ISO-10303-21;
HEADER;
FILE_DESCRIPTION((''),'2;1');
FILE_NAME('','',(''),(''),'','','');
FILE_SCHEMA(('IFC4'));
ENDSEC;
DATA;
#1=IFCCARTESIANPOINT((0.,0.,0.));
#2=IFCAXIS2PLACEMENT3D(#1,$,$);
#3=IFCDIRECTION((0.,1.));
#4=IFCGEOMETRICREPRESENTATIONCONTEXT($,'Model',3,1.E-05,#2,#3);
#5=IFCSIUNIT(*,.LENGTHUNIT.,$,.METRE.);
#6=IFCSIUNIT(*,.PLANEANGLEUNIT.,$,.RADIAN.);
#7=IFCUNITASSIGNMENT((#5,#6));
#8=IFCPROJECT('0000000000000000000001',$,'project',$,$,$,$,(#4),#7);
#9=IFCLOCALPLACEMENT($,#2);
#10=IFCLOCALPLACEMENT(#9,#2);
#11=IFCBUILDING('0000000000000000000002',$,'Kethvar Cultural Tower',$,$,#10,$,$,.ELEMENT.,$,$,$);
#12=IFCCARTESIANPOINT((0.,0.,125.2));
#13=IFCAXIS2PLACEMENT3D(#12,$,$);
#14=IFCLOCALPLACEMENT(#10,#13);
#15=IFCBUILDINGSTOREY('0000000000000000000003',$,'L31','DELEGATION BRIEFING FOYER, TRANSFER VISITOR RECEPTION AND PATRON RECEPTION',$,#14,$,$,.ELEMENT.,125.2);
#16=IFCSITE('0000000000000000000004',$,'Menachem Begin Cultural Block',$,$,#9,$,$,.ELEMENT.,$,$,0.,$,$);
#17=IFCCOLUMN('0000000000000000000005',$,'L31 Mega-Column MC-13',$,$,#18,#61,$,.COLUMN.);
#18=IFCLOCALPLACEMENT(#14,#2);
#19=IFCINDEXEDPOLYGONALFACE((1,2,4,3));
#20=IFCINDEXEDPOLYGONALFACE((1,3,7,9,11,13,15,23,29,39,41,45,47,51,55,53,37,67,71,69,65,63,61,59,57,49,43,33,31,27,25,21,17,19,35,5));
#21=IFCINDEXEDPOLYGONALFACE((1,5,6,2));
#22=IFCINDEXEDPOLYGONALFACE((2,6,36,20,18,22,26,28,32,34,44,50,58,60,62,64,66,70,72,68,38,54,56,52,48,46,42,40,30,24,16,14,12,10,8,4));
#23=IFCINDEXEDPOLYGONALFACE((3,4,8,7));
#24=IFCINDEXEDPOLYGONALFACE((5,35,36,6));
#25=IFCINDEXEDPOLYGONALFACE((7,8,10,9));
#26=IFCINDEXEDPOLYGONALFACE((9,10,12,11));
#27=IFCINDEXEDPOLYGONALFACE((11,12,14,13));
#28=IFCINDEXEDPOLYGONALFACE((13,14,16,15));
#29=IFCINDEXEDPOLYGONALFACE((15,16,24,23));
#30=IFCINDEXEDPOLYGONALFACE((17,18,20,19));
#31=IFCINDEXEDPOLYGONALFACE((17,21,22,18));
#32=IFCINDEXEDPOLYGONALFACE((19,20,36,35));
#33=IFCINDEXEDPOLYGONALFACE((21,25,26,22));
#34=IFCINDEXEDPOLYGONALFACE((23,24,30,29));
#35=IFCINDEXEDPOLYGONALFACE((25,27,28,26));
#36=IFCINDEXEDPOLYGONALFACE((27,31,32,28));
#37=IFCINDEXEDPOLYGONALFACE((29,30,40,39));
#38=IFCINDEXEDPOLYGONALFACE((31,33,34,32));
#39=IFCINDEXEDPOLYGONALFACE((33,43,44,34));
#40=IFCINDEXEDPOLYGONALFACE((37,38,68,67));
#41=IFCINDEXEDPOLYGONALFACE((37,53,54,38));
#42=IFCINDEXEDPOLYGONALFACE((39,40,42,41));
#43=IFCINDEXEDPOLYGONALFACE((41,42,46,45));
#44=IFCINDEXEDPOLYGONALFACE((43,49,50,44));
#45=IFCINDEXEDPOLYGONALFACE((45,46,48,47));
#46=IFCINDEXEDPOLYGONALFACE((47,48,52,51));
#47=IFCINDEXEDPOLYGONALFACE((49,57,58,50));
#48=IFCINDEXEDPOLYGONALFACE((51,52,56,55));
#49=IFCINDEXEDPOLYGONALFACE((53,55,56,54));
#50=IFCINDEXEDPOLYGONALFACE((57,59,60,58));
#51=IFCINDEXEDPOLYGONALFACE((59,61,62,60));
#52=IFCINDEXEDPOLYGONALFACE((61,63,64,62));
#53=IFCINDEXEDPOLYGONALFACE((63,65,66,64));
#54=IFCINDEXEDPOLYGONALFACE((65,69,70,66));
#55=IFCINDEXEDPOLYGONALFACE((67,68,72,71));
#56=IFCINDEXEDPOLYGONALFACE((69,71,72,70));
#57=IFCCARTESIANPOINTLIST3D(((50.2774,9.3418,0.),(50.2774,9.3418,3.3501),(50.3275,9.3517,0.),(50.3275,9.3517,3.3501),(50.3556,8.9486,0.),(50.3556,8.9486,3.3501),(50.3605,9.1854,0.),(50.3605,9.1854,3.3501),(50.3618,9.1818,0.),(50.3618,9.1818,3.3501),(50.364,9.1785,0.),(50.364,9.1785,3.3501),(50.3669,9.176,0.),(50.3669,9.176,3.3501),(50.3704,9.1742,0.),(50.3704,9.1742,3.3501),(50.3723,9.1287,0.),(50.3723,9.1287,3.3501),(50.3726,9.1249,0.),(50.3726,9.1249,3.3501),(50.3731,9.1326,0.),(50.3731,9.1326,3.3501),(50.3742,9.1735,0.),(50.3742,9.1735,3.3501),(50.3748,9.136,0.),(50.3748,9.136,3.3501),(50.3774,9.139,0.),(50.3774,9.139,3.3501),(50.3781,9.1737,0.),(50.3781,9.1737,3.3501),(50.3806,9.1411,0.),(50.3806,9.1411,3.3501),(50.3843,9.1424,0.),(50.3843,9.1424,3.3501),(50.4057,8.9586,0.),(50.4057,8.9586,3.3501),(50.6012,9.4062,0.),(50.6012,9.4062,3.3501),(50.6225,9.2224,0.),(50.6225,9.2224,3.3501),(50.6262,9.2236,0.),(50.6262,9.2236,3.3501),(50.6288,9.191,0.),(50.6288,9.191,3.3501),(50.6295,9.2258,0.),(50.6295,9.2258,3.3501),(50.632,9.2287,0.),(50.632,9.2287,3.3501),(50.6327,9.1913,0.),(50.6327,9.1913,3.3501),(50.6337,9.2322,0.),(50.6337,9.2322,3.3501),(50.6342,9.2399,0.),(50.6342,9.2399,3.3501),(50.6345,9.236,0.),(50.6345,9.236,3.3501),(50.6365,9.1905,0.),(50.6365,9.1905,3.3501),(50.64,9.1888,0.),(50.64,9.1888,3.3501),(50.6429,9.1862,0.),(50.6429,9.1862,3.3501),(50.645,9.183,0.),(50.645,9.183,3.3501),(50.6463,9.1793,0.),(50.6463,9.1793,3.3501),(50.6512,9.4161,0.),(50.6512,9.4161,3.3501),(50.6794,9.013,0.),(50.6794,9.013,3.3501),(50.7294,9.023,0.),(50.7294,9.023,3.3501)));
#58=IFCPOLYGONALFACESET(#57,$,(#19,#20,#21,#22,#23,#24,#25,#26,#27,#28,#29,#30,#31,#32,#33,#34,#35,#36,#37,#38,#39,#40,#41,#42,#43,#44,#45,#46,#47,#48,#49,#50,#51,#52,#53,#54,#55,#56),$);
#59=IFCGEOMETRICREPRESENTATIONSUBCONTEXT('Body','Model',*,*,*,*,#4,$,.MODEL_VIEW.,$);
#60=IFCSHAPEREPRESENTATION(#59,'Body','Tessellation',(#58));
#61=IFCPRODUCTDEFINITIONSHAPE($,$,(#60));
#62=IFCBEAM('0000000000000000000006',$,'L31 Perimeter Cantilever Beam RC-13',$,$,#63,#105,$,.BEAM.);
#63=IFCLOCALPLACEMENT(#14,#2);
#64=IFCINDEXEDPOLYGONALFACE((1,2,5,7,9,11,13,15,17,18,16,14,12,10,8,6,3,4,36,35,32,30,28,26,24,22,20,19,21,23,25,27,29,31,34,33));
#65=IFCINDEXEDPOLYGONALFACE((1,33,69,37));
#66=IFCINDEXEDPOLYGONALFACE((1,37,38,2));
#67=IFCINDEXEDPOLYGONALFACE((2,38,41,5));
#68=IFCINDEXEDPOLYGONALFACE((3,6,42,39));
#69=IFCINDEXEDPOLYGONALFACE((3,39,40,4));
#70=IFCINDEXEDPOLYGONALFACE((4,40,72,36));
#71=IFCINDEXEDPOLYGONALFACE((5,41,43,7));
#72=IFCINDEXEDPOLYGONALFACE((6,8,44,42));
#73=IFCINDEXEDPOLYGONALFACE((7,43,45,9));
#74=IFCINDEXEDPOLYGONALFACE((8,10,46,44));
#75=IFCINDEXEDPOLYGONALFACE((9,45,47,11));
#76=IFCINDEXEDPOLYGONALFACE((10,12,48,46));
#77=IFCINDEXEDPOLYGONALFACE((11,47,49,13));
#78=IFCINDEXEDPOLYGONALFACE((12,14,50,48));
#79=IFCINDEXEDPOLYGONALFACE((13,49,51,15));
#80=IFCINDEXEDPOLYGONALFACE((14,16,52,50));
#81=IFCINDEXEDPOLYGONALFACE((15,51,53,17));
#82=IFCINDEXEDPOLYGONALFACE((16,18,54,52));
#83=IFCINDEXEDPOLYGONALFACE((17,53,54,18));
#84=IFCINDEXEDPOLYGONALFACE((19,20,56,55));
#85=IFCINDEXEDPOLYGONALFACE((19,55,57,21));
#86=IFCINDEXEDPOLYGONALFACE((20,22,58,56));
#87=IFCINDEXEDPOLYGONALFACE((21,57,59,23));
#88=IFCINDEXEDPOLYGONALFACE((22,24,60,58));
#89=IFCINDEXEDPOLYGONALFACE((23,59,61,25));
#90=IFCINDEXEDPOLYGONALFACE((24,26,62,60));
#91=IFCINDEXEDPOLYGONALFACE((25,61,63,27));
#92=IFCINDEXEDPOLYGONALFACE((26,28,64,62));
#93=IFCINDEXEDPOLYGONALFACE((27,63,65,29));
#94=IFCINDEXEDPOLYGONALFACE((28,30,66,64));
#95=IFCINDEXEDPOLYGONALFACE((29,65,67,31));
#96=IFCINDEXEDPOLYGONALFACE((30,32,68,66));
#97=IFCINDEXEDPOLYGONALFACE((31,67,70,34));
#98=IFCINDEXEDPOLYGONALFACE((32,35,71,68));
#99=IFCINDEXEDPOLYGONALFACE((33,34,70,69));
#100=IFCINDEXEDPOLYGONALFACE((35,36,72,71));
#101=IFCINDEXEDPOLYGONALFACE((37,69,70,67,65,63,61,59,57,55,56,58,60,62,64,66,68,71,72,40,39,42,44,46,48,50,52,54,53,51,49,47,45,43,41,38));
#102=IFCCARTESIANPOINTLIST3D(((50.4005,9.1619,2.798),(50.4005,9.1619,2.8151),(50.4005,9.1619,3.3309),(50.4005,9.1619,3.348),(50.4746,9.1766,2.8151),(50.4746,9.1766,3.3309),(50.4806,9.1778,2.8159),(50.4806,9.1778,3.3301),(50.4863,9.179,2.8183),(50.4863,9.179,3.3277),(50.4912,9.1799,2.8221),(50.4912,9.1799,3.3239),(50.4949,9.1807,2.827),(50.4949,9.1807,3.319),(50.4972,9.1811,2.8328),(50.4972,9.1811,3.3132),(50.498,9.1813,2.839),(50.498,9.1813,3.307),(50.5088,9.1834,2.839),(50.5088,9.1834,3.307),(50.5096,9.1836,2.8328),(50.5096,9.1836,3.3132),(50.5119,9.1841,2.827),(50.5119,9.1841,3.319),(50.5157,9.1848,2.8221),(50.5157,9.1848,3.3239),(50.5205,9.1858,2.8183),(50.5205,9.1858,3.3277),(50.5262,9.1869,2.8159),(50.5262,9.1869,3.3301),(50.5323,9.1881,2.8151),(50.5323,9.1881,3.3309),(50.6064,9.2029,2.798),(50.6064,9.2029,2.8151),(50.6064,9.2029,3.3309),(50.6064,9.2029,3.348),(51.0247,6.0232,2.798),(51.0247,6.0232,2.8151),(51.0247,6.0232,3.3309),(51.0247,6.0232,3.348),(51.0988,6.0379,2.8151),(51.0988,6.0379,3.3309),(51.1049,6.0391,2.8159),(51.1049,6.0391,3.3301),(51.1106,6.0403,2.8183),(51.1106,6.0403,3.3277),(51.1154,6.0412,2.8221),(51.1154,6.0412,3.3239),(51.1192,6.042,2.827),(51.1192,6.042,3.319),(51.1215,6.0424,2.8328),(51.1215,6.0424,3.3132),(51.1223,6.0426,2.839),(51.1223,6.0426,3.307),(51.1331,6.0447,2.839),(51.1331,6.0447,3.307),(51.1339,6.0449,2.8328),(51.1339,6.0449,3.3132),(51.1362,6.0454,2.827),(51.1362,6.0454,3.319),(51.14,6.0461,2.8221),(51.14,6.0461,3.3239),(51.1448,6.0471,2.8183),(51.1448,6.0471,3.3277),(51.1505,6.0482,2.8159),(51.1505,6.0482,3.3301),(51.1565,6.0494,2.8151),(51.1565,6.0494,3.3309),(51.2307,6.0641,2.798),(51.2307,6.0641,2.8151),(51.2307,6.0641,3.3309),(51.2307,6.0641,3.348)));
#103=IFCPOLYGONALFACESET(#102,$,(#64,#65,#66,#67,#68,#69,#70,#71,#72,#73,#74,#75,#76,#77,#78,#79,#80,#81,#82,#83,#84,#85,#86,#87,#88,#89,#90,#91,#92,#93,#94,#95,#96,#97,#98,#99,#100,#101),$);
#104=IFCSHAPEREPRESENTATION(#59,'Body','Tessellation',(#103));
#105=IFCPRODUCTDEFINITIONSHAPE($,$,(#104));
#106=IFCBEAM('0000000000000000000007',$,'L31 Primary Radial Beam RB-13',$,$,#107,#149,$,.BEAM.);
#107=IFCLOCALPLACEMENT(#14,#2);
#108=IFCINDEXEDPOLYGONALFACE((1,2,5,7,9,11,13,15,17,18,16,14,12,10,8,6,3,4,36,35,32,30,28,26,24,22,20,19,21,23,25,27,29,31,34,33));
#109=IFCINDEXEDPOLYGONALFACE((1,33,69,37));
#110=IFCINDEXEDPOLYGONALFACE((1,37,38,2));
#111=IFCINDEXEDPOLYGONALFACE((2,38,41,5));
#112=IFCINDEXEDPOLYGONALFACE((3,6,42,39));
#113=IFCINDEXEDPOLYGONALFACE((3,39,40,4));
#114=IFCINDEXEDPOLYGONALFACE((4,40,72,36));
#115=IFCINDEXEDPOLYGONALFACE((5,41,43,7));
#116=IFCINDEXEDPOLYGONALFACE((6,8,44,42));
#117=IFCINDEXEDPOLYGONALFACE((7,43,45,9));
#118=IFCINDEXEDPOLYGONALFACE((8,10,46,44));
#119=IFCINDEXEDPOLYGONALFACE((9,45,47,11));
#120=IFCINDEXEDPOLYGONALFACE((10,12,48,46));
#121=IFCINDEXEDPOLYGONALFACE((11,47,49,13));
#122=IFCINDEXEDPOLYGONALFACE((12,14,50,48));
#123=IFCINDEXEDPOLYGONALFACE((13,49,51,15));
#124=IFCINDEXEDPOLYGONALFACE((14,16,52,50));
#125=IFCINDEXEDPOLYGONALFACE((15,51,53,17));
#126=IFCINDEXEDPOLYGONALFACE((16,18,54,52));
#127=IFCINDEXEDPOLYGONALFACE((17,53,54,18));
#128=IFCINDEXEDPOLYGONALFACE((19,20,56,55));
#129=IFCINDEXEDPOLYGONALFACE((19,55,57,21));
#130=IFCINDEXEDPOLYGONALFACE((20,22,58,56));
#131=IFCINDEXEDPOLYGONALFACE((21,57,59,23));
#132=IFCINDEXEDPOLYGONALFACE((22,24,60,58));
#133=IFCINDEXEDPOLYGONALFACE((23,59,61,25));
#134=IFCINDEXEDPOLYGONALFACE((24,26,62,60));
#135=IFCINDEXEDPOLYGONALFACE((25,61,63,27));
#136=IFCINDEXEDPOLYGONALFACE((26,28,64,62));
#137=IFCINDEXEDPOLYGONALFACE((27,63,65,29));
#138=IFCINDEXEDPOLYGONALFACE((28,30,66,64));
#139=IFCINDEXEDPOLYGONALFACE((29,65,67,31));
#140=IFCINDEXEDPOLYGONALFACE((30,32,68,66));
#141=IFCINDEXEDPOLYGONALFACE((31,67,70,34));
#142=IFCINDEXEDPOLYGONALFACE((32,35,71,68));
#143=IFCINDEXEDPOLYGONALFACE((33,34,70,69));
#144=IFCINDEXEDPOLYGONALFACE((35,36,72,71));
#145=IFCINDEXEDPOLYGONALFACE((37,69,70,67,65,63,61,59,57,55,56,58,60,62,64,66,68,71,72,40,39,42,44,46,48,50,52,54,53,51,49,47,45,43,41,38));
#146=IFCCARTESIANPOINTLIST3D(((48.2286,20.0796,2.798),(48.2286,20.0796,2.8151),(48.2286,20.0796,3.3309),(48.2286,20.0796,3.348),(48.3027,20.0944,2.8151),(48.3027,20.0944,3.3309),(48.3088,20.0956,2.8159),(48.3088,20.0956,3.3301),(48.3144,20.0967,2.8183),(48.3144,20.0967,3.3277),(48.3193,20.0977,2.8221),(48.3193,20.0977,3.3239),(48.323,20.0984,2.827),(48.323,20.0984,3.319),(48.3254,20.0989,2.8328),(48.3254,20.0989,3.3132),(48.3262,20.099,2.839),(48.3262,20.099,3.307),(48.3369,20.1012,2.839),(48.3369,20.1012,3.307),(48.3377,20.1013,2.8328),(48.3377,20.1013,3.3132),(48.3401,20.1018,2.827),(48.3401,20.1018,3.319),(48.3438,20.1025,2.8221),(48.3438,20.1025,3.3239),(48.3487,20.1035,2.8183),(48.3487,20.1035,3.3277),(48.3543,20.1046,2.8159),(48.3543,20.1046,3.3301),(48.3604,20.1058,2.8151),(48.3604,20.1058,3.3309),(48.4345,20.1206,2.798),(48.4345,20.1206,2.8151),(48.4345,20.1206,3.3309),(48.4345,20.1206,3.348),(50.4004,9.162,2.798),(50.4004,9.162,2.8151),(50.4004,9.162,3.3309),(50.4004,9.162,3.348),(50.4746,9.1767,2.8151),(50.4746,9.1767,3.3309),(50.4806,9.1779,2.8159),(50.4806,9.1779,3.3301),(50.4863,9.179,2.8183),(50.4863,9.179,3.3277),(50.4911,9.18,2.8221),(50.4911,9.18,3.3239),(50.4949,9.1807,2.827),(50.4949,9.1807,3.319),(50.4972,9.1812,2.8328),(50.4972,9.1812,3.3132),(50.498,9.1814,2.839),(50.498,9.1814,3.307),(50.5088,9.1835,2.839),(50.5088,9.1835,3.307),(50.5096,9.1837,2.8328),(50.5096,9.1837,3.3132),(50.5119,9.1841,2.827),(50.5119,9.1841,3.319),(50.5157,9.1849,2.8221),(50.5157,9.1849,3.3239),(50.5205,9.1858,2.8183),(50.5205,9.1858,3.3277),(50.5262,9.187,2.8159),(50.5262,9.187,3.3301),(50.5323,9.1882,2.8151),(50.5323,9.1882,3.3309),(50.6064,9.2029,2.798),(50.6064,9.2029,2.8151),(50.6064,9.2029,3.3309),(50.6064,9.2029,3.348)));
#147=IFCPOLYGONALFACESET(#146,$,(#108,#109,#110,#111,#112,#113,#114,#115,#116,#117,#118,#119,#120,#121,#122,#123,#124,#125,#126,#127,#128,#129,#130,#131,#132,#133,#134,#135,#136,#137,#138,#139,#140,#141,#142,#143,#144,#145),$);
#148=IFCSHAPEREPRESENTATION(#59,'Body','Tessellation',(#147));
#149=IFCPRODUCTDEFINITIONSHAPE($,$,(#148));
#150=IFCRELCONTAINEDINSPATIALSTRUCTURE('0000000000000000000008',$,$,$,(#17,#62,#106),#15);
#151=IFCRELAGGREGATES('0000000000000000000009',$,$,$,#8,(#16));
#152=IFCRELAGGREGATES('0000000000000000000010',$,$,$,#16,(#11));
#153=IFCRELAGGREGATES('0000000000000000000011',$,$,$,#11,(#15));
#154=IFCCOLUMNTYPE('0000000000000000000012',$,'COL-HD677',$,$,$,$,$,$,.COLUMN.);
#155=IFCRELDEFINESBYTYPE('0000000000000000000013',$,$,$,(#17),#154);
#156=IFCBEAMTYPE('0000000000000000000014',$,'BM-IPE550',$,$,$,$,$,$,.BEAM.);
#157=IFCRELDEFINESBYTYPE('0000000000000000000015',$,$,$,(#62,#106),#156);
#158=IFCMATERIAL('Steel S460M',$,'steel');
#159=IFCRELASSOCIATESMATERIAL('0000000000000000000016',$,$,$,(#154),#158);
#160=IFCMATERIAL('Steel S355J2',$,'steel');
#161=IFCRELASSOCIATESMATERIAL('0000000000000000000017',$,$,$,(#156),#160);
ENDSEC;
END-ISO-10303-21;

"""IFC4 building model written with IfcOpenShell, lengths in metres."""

from ifc_helpers import new_model, si_unit, direction, frame, origin, origin_2d, place, context, subcontext, project, spatial, i_section, extrude, source, transform, mapped, material, material_profile, profile_set, type_object, element, save


model = new_model("IFC4")

# Units and contexts
model_context = context("Model", 3, precision=1e-05, world=origin(), true_north=direction((0.0, 1.0)))
body_context = subcontext(model_context, "Body", "Model", "MODEL_VIEW")
ifc_project = project(units=[si_unit("LENGTHUNIT", "METRE"), si_unit("PLANEANGLEUNIT", "RADIAN")], contexts=[model_context])

# Site, building, storey
site_placement = place(None, origin())
site = spatial("IfcSite", under=ifc_project, at=site_placement, Name="Menachem Begin Cultural Block", CompositionType="ELEMENT", RefElevation=0.0)
building_placement = place(site_placement, origin())
building = spatial("IfcBuilding", under=site, at=building_placement, Name="Kethvar Cultural Tower", CompositionType="ELEMENT")
storey_placement = place(building_placement, frame((0.0, 0.0, 125.2)))
storey = spatial("IfcBuildingStorey", under=building, at=storey_placement, Name="L31", Description="DELEGATION BRIEFING FOYER, TRANSFER VISITOR RECEPTION AND PATRON RECEPTION", CompositionType="ELEMENT", Elevation=125.2)

# Column
ifc_material_1 = material(Name="Steel S460M", Category="steel")
ifc_material_profile_1 = material_profile(ifc_material_1, i_section(OverallWidth=0.4009, OverallDepth=0.3811, WebThickness=0.032, FlangeThickness=0.051, FilletRadius=0.0149, at=origin_2d()), Name="Steel S460M — HD400x677")
ifc_profile_set_1 = profile_set([ifc_material_profile_1], Name="Steel S460M — HD400x677")
column_type = type_object("IfcColumnType", Name="COL-HD677", PredefinedType="COLUMN", material=ifc_profile_set_1)
shared_shape_1 = source(origin(), body_context, "Body", "SweptSolid", [
    extrude(i_section(OverallWidth=0.4009, OverallDepth=0.3811, WebThickness=0.032, FlangeThickness=0.051, FilletRadius=0.0149, at=origin_2d()), origin(), (0.0, 0.0, 1.0), 3.3501),
])
column_placement = place(storey_placement, frame((50.5034, 9.1824, 0.0), z_axis=(0.0, 0.0, 1.0), x_axis=(0.19509, -0.980785, 0.0)))
element("IfcColumn", 1, at=column_placement, inside=storey, type_object=column_type, Name="L31 Mega-Column MC-13", PredefinedType="COLUMN", context=body_context, shape_type="MappedRepresentation", body=[
    mapped(shared_shape_1, transform((0.0, 0.0, 0.0), scale=1.0)),
])

# Beams
ifc_material_2 = material(Name="Steel S355J2", Category="steel")
ifc_material_profile_2 = material_profile(ifc_material_2, i_section(OverallWidth=0.21, OverallDepth=0.55, WebThickness=0.011, FlangeThickness=0.0171, FilletRadius=0.0239, at=origin_2d()), Name="Steel S355J2 — IPE550")
ifc_profile_set_2 = profile_set([ifc_material_profile_2], Name="Steel S355J2 — IPE550")
beam_type_1 = type_object("IfcBeamType", Name="BM-IPE550", PredefinedType="BEAM", material=ifc_profile_set_2)
shared_shape_2 = source(origin(), body_context, "Body", "SweptSolid", [
    extrude(i_section(OverallWidth=0.21, OverallDepth=0.55, WebThickness=0.011, FlangeThickness=0.0171, FilletRadius=0.0239, at=origin_2d()), origin(), (0.0, 0.0, 1.0), 3.2002),
])
beam_1_placement = place(storey_placement, frame((50.5034, 9.1824, 3.073), z_axis=(0.195074, -0.980788, 0.0), x_axis=(0.980788, 0.195074, 0.0)))
element("IfcBeam", 2, at=beam_1_placement, inside=storey, type_object=beam_type_1, Name="L31 Perimeter Cantilever Beam RC-13", PredefinedType="BEAM", context=body_context, shape_type="MappedRepresentation", body=[
    mapped(shared_shape_2, transform((0.0, 0.0, 0.0), scale=1.0)),
])
shared_shape_3 = source(origin(), body_context, "Body", "SweptSolid", [
    extrude(i_section(OverallWidth=0.21, OverallDepth=0.55, WebThickness=0.011, FlangeThickness=0.0171, FilletRadius=0.0239, at=origin_2d()), origin(), (0.0, 0.0, 1.0), 11.1316),
])
beam_2_placement = place(storey_placement, frame((48.3315, 20.1001, 3.073), z_axis=(0.195108, -0.980782, 0.0), x_axis=(0.980782, 0.195108, 0.0)))
element("IfcBeam", 3, at=beam_2_placement, inside=storey, type_object=beam_type_1, Name="L31 Primary Radial Beam RB-13", PredefinedType="BEAM", context=body_context, shape_type="MappedRepresentation", body=[
    mapped(shared_shape_3, transform((0.0, 0.0, 0.0), scale=1.0)),
])

save(model, "model.ifc")
